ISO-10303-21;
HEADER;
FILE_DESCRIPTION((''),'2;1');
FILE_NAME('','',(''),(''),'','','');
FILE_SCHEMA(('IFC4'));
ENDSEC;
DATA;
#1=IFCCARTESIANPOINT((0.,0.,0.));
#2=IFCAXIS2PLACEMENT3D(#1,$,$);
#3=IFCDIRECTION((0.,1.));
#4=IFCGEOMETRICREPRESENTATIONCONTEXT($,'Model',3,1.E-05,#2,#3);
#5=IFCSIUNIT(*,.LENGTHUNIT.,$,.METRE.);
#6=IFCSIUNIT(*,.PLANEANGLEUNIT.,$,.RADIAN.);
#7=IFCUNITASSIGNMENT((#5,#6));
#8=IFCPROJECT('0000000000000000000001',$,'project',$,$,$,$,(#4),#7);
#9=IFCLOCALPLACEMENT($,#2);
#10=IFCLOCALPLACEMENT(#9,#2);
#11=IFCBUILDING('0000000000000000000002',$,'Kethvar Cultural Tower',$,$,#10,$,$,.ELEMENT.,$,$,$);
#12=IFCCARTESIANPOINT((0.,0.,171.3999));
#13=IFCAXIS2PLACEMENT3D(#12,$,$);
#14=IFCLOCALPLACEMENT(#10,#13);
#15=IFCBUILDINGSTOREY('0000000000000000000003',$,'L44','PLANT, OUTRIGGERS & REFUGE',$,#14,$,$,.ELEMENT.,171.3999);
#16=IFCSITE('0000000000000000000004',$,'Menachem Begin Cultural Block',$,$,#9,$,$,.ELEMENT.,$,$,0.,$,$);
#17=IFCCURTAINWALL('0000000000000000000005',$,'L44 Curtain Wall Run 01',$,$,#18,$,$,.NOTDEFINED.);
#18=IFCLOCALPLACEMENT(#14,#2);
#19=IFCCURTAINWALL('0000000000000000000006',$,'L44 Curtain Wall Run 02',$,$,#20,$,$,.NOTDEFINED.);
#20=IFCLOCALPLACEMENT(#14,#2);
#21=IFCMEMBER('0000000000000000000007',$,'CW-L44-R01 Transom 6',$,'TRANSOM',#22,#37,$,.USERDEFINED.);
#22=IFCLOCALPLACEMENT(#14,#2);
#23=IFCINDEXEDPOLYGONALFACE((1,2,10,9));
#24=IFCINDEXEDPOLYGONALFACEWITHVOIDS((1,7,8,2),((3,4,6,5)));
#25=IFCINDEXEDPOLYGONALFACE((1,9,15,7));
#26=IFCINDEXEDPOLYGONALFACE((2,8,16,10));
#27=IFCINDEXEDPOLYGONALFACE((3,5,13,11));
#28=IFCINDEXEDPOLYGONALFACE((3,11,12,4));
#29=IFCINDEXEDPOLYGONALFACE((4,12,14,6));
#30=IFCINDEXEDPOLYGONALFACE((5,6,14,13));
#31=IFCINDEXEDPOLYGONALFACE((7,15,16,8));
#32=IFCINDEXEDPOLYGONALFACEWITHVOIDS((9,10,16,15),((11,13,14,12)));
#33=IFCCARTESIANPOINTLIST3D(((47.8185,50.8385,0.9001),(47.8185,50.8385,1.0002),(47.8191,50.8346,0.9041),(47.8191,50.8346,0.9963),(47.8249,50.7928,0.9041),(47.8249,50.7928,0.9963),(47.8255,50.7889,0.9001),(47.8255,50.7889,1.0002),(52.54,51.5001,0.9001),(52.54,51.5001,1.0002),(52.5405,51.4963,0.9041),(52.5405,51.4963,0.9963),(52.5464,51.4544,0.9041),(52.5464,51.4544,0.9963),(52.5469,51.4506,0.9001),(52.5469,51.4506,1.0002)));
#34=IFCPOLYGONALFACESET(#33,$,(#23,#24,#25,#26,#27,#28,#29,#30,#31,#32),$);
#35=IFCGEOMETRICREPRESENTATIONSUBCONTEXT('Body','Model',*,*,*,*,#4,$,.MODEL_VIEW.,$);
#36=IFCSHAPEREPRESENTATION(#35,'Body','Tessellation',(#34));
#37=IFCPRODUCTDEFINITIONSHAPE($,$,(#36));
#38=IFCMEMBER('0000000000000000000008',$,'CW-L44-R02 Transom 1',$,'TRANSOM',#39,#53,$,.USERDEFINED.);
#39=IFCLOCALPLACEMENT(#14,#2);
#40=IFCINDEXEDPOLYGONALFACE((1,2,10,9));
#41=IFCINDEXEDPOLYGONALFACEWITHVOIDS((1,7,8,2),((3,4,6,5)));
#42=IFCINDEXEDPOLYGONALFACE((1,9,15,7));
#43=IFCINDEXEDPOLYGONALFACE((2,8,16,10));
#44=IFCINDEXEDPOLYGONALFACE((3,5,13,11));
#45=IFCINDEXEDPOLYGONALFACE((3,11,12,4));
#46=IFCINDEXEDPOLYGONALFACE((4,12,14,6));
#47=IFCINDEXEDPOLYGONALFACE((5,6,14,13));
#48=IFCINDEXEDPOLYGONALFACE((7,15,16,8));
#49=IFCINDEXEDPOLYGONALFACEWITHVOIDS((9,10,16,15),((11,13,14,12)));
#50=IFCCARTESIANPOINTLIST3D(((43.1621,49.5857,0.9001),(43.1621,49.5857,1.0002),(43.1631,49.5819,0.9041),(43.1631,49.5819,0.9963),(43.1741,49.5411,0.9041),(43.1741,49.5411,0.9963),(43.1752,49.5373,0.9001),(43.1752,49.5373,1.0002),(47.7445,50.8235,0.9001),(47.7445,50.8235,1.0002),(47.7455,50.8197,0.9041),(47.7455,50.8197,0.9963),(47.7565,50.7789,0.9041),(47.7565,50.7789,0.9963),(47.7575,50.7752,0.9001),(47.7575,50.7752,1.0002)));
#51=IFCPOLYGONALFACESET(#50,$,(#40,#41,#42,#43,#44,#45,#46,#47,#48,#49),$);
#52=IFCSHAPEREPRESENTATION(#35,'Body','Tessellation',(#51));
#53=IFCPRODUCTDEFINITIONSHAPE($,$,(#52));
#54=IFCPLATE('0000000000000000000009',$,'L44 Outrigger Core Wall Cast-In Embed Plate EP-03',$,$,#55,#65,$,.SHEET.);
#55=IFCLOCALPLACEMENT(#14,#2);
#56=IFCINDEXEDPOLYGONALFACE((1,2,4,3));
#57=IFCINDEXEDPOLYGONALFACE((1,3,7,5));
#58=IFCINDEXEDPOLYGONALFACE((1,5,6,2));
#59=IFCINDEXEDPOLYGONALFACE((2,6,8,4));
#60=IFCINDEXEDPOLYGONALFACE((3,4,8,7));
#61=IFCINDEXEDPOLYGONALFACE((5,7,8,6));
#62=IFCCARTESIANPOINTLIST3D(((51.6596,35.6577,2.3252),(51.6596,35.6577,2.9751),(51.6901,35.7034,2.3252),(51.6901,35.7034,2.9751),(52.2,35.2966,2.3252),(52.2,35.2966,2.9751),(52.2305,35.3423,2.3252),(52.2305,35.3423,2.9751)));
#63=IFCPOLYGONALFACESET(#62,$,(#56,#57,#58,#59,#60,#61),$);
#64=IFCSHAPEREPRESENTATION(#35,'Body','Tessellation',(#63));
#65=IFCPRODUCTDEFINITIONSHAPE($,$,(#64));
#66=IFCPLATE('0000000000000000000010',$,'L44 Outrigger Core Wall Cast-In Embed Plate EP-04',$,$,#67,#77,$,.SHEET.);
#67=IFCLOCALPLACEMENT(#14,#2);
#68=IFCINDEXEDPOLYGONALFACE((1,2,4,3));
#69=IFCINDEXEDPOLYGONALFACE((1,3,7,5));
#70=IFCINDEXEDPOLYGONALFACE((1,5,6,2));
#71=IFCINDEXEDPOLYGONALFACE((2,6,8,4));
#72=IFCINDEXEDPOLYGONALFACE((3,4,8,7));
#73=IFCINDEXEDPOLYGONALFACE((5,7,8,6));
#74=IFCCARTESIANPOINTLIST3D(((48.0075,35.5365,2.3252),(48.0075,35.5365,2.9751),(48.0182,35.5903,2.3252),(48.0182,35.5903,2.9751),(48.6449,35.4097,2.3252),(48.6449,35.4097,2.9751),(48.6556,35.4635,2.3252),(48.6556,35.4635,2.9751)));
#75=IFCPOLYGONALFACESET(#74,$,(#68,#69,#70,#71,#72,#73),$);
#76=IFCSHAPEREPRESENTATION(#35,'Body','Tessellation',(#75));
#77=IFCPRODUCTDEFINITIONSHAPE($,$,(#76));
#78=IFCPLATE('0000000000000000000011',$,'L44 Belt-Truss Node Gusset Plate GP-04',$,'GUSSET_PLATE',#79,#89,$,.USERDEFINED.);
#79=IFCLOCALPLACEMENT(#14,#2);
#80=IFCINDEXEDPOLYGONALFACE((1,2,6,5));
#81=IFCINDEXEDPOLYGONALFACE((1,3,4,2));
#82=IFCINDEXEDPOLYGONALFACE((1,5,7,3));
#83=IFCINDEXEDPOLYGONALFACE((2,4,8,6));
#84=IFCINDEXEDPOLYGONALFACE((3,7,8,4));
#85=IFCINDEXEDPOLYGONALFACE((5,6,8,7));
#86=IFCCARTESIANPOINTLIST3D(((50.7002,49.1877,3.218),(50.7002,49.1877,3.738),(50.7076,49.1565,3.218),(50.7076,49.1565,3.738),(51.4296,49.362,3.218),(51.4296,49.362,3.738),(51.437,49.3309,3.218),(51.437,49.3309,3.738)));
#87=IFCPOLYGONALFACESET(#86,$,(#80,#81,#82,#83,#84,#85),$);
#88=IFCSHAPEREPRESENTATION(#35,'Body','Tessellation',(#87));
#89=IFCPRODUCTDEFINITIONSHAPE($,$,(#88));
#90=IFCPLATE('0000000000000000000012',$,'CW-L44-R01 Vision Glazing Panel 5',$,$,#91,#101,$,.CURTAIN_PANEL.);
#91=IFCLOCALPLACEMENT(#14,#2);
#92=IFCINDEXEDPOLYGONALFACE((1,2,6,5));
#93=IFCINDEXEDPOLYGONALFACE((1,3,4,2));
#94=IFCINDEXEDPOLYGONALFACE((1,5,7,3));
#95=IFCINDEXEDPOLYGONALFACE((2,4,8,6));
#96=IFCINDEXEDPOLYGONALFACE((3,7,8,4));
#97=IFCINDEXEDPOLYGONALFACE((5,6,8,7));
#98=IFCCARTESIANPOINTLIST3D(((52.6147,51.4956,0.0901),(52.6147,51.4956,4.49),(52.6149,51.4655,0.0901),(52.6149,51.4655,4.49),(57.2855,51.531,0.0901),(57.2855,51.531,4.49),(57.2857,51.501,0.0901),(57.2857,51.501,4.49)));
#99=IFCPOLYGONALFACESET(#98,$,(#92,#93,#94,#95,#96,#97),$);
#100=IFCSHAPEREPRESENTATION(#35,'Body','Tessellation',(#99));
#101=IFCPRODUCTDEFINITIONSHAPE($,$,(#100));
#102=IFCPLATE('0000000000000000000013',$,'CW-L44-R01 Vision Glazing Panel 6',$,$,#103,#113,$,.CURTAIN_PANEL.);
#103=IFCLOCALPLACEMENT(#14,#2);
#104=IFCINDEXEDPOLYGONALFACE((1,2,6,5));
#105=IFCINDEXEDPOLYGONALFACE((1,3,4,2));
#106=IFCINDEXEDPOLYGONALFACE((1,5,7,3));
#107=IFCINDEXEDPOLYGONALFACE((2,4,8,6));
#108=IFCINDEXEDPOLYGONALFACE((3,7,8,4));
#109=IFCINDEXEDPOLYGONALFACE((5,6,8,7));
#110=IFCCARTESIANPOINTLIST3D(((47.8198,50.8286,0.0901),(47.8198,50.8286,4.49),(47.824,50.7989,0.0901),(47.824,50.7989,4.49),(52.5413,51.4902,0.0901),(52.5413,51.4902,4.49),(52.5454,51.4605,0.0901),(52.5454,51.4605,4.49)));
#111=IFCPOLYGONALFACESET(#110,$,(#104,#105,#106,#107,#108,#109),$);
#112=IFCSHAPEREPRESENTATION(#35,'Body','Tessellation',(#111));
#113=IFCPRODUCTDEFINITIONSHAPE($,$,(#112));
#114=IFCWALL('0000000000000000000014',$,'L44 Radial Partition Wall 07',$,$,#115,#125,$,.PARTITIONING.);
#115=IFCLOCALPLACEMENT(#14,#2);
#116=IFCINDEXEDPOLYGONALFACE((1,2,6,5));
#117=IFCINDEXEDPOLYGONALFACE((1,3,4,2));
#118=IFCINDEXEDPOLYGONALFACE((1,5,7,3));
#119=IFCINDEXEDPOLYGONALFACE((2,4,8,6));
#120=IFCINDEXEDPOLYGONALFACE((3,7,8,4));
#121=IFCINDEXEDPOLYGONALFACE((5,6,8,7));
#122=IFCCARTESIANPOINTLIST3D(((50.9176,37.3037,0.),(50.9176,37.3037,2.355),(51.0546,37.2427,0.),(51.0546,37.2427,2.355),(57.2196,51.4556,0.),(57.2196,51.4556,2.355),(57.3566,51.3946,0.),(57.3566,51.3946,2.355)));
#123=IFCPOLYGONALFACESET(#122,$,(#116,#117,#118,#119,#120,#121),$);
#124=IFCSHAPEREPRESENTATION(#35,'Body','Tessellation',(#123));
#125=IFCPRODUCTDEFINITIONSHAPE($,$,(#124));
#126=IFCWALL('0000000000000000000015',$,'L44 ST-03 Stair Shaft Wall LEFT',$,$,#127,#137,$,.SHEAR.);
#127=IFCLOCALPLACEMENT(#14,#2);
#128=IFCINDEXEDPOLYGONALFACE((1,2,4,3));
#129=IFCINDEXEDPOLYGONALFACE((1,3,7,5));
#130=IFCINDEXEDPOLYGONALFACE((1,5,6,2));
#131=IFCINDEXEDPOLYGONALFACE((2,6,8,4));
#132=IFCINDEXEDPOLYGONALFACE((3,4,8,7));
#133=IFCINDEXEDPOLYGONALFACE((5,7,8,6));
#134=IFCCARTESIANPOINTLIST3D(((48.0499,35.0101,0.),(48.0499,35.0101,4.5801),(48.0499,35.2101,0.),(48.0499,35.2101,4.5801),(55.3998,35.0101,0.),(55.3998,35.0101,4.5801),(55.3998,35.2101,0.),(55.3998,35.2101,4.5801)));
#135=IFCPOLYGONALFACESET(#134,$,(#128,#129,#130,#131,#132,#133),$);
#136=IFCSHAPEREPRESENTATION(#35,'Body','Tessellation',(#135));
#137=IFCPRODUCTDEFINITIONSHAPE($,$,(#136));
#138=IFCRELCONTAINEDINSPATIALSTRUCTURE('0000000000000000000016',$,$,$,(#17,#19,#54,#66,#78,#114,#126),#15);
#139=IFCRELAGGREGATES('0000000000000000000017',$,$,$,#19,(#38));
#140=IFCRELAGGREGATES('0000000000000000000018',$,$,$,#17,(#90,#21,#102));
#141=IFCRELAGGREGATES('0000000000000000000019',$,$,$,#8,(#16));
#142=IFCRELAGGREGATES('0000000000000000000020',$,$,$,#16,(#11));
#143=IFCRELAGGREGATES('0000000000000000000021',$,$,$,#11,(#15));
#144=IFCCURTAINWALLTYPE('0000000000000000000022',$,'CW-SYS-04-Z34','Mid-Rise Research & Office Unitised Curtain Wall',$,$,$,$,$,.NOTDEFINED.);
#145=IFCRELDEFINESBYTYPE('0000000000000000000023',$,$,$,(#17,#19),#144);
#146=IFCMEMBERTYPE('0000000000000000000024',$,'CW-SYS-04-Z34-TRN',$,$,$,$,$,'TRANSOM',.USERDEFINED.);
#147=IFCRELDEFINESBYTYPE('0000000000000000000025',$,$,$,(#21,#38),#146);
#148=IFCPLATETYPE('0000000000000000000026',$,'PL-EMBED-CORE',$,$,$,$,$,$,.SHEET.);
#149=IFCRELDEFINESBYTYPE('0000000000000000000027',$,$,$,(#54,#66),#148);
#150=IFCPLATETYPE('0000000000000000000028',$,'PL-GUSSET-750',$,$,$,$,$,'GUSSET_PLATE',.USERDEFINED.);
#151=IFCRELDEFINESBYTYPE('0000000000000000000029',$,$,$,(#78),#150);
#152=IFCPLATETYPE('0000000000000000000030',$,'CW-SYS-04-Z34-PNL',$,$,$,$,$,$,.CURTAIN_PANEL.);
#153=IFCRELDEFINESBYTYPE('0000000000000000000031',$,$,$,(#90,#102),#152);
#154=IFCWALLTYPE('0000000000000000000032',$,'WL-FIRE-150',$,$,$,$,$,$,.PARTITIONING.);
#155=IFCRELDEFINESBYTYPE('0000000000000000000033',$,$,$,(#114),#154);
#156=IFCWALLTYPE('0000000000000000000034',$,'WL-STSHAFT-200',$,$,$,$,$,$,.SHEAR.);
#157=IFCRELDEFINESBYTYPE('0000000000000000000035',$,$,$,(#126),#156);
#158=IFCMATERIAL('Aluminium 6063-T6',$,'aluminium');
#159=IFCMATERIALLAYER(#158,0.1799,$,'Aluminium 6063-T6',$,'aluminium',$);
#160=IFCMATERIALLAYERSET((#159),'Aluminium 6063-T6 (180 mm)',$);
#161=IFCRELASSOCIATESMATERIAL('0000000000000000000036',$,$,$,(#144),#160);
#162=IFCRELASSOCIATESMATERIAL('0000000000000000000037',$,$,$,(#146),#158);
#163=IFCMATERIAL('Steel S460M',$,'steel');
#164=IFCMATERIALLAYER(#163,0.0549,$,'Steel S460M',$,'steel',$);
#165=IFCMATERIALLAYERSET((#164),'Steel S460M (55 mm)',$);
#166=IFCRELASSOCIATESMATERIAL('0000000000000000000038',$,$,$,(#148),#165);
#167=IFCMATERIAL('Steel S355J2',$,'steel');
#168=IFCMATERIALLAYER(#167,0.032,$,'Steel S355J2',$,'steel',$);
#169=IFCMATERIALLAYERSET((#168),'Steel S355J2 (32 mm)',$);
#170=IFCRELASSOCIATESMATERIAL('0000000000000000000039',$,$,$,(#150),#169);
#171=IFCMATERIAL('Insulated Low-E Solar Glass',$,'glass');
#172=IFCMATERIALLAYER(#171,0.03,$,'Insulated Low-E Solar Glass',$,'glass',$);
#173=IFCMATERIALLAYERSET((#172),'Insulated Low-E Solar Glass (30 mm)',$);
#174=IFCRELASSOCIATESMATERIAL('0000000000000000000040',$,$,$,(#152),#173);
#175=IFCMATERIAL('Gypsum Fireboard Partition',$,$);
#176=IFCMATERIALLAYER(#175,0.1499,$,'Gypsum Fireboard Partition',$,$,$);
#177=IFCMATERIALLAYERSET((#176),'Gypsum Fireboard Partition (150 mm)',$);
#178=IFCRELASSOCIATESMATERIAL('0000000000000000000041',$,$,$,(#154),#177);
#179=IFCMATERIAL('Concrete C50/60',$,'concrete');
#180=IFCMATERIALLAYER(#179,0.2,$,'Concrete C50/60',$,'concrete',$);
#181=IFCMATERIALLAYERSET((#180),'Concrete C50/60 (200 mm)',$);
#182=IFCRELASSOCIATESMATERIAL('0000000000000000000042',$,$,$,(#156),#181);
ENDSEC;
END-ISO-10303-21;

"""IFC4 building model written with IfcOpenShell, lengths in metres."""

from ifc_helpers import new_model, si_unit, direction, frame, frame_2d, origin, origin_2d, place, context, subcontext, project, spatial, rectangle, hollow_rectangle, extrude, source, transform, mapped, material, layer, layer_set, material_profile, profile_set, type_object, element, aggregate, save


model = new_model("IFC4")

# Units and contexts
model_context = context("Model", 3, precision=1e-05, world=origin(), true_north=direction((0.0, 1.0)))
body_context = subcontext(model_context, "Body", "Model", "MODEL_VIEW")
ifc_project = project(units=[si_unit("LENGTHUNIT", "METRE"), si_unit("PLANEANGLEUNIT", "RADIAN")], contexts=[model_context])

# Site, building, storey
site_placement = place(None, origin())
site = spatial("IfcSite", under=ifc_project, at=site_placement, Name="Menachem Begin Cultural Block", CompositionType="ELEMENT", RefElevation=0.0)
building_placement = place(site_placement, origin())
building = spatial("IfcBuilding", under=site, at=building_placement, Name="Kethvar Cultural Tower", CompositionType="ELEMENT")
storey_placement = place(building_placement, frame((0.0, 0.0, 171.3999)))
storey = spatial("IfcBuildingStorey", under=building, at=storey_placement, Name="L44", Description="PLANT, OUTRIGGERS & REFUGE", CompositionType="ELEMENT", Elevation=171.3999)

# Shared definitions
ifc_material_1 = material(Name="Steel S460M", Category="steel")

# Curtain wall
ifc_material_2 = material(Name="Aluminium 6063-T6", Category="aluminium")
ifc_layer_1 = layer(ifc_material_2, 0.1799, Name="Aluminium 6063-T6", Category="aluminium")
ifc_layer_set_1 = layer_set([ifc_layer_1], Name="Aluminium 6063-T6 (180 mm)")
curtain_wall_type = type_object("IfcCurtainWallType", Name="CW-SYS-04-Z34", Description="Mid-Rise Research & Office Unitised Curtain Wall", PredefinedType="NOTDEFINED", material=ifc_layer_set_1)
curtain_wall_1_placement = place(storey_placement, origin())
curtain_wall_1 = element("IfcCurtainWall", 1, at=curtain_wall_1_placement, inside=storey, type_object=curtain_wall_type, Name="L44 Curtain Wall Run 01", PredefinedType="NOTDEFINED")

# Curtain wall
curtain_wall_2_placement = place(storey_placement, origin())
curtain_wall_2 = element("IfcCurtainWall", 2, at=curtain_wall_2_placement, inside=storey, type_object=curtain_wall_type, Name="L44 Curtain Wall Run 02", PredefinedType="NOTDEFINED")

# Members
ifc_material_profile_1 = material_profile(ifc_material_2, hollow_rectangle(XDim=0.05, YDim=0.1001, WallThickness=0.0039, at=origin_2d()), Name="Aluminium 6063-T6 — RHS100x50x4")
ifc_profile_set_1 = profile_set([ifc_material_profile_1], Name="Aluminium 6063-T6 — RHS100x50x4")
member_type_1 = type_object("IfcMemberType", Name="CW-SYS-04-Z34-TRN", ElementType="TRANSOM", PredefinedType="USERDEFINED", material=ifc_profile_set_1)
shared_shape_1 = source(origin(), body_context, "Body", "SweptSolid", [
    extrude(hollow_rectangle(XDim=0.05, YDim=0.1001, WallThickness=0.0039, at=origin_2d()), origin(), (0.0, 0.0, 1.0), 4.7676),
])
member_1_placement = place(storey_placement, frame((52.5435, 51.4753, 0.9502), z_axis=(-0.990324, -0.138775, 0.0), x_axis=(0.138775, -0.990324, 0.0)))
member_1 = element("IfcMember", 3, at=member_1_placement, type_object=member_type_1, Name="CW-L44-R01 Transom 6", ObjectType="TRANSOM", PredefinedType="USERDEFINED", context=body_context, shape_type="MappedRepresentation", body=[
    mapped(shared_shape_1, transform((0.0, 0.0, 0.0), scale=1.0)),
])
shared_shape_2 = source(origin(), body_context, "Body", "SweptSolid", [
    extrude(hollow_rectangle(XDim=0.05, YDim=0.1001, WallThickness=0.0039, at=origin_2d()), origin(), (0.0, 0.0, 1.0), 4.7466),
])
member_2_placement = place(storey_placement, frame((47.751, 50.7993, 0.9502), z_axis=(-0.965398, -0.260779, 0.0), x_axis=(0.260779, -0.965398, 0.0)))
member_2 = element("IfcMember", 4, at=member_2_placement, type_object=member_type_1, Name="CW-L44-R02 Transom 1", ObjectType="TRANSOM", PredefinedType="USERDEFINED", context=body_context, shape_type="MappedRepresentation", body=[
    mapped(shared_shape_2, transform((0.0, 0.0, 0.0), scale=1.0)),
])
aggregate(curtain_wall_2, [member_2])

# Plates
ifc_layer_2 = layer(ifc_material_1, 0.0549, Name="Steel S460M", Category="steel")
ifc_layer_set_2 = layer_set([ifc_layer_2], Name="Steel S460M (55 mm)")
plate_type_1 = type_object("IfcPlateType", Name="PL-EMBED-CORE", PredefinedType="SHEET", material=ifc_layer_set_2)
shared_shape_3 = source(origin(), body_context, "Body", "SweptSolid", [
    extrude(rectangle(XDim=0.0549, YDim=0.6499, at=origin_2d()), origin(), (0.0, 0.0, 1.0), 0.6499),
])
for number, where, z_axis, x_axis, name in (
    (5, (51.9451, 35.5, 2.3252), (0.0, 0.0, 1.0), (0.55557, 0.83147, 0.0), "L44 Outrigger Core Wall Cast-In Embed Plate EP-03"),
    (6, (48.3315, 35.5, 2.3252), (0.0, 0.0, 1.0), (0.19509, 0.980785, 0.0), "L44 Outrigger Core Wall Cast-In Embed Plate EP-04"),
):
    element("IfcPlate", number, at=place(storey_placement, frame(where, z_axis=z_axis, x_axis=x_axis)), inside=storey, type_object=plate_type_1, Name=name, PredefinedType="SHEET", context=body_context, shape_type="MappedRepresentation", body=[
        mapped(shared_shape_3, transform((0.0, 0.0, 0.0), scale=1.0)),
    ])
ifc_material_3 = material(Name="Steel S355J2", Category="steel")
ifc_layer_3 = layer(ifc_material_3, 0.032, Name="Steel S355J2", Category="steel")
ifc_layer_set_3 = layer_set([ifc_layer_3], Name="Steel S355J2 (32 mm)")
plate_type_2 = type_object("IfcPlateType", Name="PL-GUSSET-750", ElementType="GUSSET_PLATE", PredefinedType="USERDEFINED", material=ifc_layer_set_3)
shared_shape_4 = source(origin(), body_context, "Body", "SweptSolid", [
    extrude(rectangle(XDim=0.75, YDim=0.032, at=origin_2d()), origin(), (0.0, 0.0, 1.0), 0.52),
])
plate_1_placement = place(storey_placement, frame((51.0686, 49.2593, 3.218), z_axis=(0.0, 0.0, 1.0), x_axis=(-0.972603, -0.232472, 0.0)))
element("IfcPlate", 7, at=plate_1_placement, inside=storey, type_object=plate_type_2, Name="L44 Belt-Truss Node Gusset Plate GP-04", ObjectType="GUSSET_PLATE", PredefinedType="USERDEFINED", context=body_context, shape_type="MappedRepresentation", body=[
    mapped(shared_shape_4, transform((0.0, 0.0, 0.0), scale=1.0)),
])

# Plates
ifc_material_4 = material(Name="Insulated Low-E Solar Glass", Category="glass")
ifc_layer_4 = layer(ifc_material_4, 0.03, Name="Insulated Low-E Solar Glass", Category="glass")
ifc_layer_set_4 = layer_set([ifc_layer_4], Name="Insulated Low-E Solar Glass (30 mm)")
plate_type_3 = type_object("IfcPlateType", Name="CW-SYS-04-Z34-PNL", PredefinedType="CURTAIN_PANEL", material=ifc_layer_set_4)
shared_shape_5 = source(origin(), body_context, "Body", "SweptSolid", [
    extrude(rectangle(XDim=4.6709, YDim=0.03, at=origin_2d()), origin(), (0.0, 0.0, 1.0), 4.3999),
])
plate_2_placement = place(storey_placement, frame((54.9502, 51.4983, 0.0901), z_axis=(0.0, 0.0, 1.0), x_axis=(-0.999971, -0.007592, 0.0)))
plate_2 = element("IfcPlate", 8, at=plate_2_placement, type_object=plate_type_3, Name="CW-L44-R01 Vision Glazing Panel 5", PredefinedType="CURTAIN_PANEL", context=body_context, shape_type="MappedRepresentation", body=[
    mapped(shared_shape_5, transform((0.0, 0.0, 0.0), scale=1.0)),
])
shared_shape_6 = source(origin(), body_context, "Body", "SweptSolid", [
    extrude(rectangle(XDim=4.7676, YDim=0.03, at=origin_2d()), origin(), (0.0, 0.0, 1.0), 4.3999),
])
plate_3_placement = place(storey_placement, frame((50.1826, 51.1445, 0.0901), z_axis=(0.0, 0.0, 1.0), x_axis=(-0.990324, -0.138776, 0.0)))
plate_3 = element("IfcPlate", 9, at=plate_3_placement, type_object=plate_type_3, Name="CW-L44-R01 Vision Glazing Panel 6", PredefinedType="CURTAIN_PANEL", context=body_context, shape_type="MappedRepresentation", body=[
    mapped(shared_shape_6, transform((0.0, 0.0, 0.0), scale=1.0)),
])
aggregate(curtain_wall_1, [plate_2, member_1, plate_3])

# Walls
ifc_material_5 = material(Name="Gypsum Fireboard Partition")
ifc_layer_5 = layer(ifc_material_5, 0.1499, Name="Gypsum Fireboard Partition")
ifc_layer_set_5 = layer_set([ifc_layer_5], Name="Gypsum Fireboard Partition (150 mm)")
wall_type_1 = type_object("IfcWallType", Name="WL-FIRE-150", PredefinedType="PARTITIONING", material=ifc_layer_set_5)
wall_1_placement = place(storey_placement, frame((50.9861, 37.2732, 0.0), z_axis=(0.0, 0.0, 1.0), x_axis=(0.406801, 0.913517, 0.0)))
element("IfcWall", 10, at=wall_1_placement, inside=storey, type_object=wall_type_1, Name="L44 Radial Partition Wall 07", PredefinedType="PARTITIONING", context=body_context, shape_type="SweptSolid", body=[
    extrude(rectangle(XDim=15.4917, YDim=0.1499, at=frame_2d((7.7458, 0.0))), origin(), (0.0, 0.0, 1.0), 2.355),
])
ifc_material_6 = material(Name="Concrete C50/60", Category="concrete")
ifc_layer_6 = layer(ifc_material_6, 0.2, Name="Concrete C50/60", Category="concrete")
ifc_layer_set_6 = layer_set([ifc_layer_6], Name="Concrete C50/60 (200 mm)")
wall_type_2 = type_object("IfcWallType", Name="WL-STSHAFT-200", PredefinedType="SHEAR", material=ifc_layer_set_6)
wall_2_placement = place(storey_placement, frame((48.05, 35.1101, 0.0), z_axis=(0.0, 0.0, 1.0), x_axis=(1.0, 0.0, 0.0)))
element("IfcWall", 11, at=wall_2_placement, inside=storey, type_object=wall_type_2, Name="L44 ST-03 Stair Shaft Wall LEFT", PredefinedType="SHEAR", context=body_context, shape_type="SweptSolid", body=[
    extrude(rectangle(XDim=7.3499, YDim=0.2, at=frame_2d((3.6748, 0.0))), origin(), (0.0, 0.0, 1.0), 4.5801),
])

save(model, "model.ifc")
